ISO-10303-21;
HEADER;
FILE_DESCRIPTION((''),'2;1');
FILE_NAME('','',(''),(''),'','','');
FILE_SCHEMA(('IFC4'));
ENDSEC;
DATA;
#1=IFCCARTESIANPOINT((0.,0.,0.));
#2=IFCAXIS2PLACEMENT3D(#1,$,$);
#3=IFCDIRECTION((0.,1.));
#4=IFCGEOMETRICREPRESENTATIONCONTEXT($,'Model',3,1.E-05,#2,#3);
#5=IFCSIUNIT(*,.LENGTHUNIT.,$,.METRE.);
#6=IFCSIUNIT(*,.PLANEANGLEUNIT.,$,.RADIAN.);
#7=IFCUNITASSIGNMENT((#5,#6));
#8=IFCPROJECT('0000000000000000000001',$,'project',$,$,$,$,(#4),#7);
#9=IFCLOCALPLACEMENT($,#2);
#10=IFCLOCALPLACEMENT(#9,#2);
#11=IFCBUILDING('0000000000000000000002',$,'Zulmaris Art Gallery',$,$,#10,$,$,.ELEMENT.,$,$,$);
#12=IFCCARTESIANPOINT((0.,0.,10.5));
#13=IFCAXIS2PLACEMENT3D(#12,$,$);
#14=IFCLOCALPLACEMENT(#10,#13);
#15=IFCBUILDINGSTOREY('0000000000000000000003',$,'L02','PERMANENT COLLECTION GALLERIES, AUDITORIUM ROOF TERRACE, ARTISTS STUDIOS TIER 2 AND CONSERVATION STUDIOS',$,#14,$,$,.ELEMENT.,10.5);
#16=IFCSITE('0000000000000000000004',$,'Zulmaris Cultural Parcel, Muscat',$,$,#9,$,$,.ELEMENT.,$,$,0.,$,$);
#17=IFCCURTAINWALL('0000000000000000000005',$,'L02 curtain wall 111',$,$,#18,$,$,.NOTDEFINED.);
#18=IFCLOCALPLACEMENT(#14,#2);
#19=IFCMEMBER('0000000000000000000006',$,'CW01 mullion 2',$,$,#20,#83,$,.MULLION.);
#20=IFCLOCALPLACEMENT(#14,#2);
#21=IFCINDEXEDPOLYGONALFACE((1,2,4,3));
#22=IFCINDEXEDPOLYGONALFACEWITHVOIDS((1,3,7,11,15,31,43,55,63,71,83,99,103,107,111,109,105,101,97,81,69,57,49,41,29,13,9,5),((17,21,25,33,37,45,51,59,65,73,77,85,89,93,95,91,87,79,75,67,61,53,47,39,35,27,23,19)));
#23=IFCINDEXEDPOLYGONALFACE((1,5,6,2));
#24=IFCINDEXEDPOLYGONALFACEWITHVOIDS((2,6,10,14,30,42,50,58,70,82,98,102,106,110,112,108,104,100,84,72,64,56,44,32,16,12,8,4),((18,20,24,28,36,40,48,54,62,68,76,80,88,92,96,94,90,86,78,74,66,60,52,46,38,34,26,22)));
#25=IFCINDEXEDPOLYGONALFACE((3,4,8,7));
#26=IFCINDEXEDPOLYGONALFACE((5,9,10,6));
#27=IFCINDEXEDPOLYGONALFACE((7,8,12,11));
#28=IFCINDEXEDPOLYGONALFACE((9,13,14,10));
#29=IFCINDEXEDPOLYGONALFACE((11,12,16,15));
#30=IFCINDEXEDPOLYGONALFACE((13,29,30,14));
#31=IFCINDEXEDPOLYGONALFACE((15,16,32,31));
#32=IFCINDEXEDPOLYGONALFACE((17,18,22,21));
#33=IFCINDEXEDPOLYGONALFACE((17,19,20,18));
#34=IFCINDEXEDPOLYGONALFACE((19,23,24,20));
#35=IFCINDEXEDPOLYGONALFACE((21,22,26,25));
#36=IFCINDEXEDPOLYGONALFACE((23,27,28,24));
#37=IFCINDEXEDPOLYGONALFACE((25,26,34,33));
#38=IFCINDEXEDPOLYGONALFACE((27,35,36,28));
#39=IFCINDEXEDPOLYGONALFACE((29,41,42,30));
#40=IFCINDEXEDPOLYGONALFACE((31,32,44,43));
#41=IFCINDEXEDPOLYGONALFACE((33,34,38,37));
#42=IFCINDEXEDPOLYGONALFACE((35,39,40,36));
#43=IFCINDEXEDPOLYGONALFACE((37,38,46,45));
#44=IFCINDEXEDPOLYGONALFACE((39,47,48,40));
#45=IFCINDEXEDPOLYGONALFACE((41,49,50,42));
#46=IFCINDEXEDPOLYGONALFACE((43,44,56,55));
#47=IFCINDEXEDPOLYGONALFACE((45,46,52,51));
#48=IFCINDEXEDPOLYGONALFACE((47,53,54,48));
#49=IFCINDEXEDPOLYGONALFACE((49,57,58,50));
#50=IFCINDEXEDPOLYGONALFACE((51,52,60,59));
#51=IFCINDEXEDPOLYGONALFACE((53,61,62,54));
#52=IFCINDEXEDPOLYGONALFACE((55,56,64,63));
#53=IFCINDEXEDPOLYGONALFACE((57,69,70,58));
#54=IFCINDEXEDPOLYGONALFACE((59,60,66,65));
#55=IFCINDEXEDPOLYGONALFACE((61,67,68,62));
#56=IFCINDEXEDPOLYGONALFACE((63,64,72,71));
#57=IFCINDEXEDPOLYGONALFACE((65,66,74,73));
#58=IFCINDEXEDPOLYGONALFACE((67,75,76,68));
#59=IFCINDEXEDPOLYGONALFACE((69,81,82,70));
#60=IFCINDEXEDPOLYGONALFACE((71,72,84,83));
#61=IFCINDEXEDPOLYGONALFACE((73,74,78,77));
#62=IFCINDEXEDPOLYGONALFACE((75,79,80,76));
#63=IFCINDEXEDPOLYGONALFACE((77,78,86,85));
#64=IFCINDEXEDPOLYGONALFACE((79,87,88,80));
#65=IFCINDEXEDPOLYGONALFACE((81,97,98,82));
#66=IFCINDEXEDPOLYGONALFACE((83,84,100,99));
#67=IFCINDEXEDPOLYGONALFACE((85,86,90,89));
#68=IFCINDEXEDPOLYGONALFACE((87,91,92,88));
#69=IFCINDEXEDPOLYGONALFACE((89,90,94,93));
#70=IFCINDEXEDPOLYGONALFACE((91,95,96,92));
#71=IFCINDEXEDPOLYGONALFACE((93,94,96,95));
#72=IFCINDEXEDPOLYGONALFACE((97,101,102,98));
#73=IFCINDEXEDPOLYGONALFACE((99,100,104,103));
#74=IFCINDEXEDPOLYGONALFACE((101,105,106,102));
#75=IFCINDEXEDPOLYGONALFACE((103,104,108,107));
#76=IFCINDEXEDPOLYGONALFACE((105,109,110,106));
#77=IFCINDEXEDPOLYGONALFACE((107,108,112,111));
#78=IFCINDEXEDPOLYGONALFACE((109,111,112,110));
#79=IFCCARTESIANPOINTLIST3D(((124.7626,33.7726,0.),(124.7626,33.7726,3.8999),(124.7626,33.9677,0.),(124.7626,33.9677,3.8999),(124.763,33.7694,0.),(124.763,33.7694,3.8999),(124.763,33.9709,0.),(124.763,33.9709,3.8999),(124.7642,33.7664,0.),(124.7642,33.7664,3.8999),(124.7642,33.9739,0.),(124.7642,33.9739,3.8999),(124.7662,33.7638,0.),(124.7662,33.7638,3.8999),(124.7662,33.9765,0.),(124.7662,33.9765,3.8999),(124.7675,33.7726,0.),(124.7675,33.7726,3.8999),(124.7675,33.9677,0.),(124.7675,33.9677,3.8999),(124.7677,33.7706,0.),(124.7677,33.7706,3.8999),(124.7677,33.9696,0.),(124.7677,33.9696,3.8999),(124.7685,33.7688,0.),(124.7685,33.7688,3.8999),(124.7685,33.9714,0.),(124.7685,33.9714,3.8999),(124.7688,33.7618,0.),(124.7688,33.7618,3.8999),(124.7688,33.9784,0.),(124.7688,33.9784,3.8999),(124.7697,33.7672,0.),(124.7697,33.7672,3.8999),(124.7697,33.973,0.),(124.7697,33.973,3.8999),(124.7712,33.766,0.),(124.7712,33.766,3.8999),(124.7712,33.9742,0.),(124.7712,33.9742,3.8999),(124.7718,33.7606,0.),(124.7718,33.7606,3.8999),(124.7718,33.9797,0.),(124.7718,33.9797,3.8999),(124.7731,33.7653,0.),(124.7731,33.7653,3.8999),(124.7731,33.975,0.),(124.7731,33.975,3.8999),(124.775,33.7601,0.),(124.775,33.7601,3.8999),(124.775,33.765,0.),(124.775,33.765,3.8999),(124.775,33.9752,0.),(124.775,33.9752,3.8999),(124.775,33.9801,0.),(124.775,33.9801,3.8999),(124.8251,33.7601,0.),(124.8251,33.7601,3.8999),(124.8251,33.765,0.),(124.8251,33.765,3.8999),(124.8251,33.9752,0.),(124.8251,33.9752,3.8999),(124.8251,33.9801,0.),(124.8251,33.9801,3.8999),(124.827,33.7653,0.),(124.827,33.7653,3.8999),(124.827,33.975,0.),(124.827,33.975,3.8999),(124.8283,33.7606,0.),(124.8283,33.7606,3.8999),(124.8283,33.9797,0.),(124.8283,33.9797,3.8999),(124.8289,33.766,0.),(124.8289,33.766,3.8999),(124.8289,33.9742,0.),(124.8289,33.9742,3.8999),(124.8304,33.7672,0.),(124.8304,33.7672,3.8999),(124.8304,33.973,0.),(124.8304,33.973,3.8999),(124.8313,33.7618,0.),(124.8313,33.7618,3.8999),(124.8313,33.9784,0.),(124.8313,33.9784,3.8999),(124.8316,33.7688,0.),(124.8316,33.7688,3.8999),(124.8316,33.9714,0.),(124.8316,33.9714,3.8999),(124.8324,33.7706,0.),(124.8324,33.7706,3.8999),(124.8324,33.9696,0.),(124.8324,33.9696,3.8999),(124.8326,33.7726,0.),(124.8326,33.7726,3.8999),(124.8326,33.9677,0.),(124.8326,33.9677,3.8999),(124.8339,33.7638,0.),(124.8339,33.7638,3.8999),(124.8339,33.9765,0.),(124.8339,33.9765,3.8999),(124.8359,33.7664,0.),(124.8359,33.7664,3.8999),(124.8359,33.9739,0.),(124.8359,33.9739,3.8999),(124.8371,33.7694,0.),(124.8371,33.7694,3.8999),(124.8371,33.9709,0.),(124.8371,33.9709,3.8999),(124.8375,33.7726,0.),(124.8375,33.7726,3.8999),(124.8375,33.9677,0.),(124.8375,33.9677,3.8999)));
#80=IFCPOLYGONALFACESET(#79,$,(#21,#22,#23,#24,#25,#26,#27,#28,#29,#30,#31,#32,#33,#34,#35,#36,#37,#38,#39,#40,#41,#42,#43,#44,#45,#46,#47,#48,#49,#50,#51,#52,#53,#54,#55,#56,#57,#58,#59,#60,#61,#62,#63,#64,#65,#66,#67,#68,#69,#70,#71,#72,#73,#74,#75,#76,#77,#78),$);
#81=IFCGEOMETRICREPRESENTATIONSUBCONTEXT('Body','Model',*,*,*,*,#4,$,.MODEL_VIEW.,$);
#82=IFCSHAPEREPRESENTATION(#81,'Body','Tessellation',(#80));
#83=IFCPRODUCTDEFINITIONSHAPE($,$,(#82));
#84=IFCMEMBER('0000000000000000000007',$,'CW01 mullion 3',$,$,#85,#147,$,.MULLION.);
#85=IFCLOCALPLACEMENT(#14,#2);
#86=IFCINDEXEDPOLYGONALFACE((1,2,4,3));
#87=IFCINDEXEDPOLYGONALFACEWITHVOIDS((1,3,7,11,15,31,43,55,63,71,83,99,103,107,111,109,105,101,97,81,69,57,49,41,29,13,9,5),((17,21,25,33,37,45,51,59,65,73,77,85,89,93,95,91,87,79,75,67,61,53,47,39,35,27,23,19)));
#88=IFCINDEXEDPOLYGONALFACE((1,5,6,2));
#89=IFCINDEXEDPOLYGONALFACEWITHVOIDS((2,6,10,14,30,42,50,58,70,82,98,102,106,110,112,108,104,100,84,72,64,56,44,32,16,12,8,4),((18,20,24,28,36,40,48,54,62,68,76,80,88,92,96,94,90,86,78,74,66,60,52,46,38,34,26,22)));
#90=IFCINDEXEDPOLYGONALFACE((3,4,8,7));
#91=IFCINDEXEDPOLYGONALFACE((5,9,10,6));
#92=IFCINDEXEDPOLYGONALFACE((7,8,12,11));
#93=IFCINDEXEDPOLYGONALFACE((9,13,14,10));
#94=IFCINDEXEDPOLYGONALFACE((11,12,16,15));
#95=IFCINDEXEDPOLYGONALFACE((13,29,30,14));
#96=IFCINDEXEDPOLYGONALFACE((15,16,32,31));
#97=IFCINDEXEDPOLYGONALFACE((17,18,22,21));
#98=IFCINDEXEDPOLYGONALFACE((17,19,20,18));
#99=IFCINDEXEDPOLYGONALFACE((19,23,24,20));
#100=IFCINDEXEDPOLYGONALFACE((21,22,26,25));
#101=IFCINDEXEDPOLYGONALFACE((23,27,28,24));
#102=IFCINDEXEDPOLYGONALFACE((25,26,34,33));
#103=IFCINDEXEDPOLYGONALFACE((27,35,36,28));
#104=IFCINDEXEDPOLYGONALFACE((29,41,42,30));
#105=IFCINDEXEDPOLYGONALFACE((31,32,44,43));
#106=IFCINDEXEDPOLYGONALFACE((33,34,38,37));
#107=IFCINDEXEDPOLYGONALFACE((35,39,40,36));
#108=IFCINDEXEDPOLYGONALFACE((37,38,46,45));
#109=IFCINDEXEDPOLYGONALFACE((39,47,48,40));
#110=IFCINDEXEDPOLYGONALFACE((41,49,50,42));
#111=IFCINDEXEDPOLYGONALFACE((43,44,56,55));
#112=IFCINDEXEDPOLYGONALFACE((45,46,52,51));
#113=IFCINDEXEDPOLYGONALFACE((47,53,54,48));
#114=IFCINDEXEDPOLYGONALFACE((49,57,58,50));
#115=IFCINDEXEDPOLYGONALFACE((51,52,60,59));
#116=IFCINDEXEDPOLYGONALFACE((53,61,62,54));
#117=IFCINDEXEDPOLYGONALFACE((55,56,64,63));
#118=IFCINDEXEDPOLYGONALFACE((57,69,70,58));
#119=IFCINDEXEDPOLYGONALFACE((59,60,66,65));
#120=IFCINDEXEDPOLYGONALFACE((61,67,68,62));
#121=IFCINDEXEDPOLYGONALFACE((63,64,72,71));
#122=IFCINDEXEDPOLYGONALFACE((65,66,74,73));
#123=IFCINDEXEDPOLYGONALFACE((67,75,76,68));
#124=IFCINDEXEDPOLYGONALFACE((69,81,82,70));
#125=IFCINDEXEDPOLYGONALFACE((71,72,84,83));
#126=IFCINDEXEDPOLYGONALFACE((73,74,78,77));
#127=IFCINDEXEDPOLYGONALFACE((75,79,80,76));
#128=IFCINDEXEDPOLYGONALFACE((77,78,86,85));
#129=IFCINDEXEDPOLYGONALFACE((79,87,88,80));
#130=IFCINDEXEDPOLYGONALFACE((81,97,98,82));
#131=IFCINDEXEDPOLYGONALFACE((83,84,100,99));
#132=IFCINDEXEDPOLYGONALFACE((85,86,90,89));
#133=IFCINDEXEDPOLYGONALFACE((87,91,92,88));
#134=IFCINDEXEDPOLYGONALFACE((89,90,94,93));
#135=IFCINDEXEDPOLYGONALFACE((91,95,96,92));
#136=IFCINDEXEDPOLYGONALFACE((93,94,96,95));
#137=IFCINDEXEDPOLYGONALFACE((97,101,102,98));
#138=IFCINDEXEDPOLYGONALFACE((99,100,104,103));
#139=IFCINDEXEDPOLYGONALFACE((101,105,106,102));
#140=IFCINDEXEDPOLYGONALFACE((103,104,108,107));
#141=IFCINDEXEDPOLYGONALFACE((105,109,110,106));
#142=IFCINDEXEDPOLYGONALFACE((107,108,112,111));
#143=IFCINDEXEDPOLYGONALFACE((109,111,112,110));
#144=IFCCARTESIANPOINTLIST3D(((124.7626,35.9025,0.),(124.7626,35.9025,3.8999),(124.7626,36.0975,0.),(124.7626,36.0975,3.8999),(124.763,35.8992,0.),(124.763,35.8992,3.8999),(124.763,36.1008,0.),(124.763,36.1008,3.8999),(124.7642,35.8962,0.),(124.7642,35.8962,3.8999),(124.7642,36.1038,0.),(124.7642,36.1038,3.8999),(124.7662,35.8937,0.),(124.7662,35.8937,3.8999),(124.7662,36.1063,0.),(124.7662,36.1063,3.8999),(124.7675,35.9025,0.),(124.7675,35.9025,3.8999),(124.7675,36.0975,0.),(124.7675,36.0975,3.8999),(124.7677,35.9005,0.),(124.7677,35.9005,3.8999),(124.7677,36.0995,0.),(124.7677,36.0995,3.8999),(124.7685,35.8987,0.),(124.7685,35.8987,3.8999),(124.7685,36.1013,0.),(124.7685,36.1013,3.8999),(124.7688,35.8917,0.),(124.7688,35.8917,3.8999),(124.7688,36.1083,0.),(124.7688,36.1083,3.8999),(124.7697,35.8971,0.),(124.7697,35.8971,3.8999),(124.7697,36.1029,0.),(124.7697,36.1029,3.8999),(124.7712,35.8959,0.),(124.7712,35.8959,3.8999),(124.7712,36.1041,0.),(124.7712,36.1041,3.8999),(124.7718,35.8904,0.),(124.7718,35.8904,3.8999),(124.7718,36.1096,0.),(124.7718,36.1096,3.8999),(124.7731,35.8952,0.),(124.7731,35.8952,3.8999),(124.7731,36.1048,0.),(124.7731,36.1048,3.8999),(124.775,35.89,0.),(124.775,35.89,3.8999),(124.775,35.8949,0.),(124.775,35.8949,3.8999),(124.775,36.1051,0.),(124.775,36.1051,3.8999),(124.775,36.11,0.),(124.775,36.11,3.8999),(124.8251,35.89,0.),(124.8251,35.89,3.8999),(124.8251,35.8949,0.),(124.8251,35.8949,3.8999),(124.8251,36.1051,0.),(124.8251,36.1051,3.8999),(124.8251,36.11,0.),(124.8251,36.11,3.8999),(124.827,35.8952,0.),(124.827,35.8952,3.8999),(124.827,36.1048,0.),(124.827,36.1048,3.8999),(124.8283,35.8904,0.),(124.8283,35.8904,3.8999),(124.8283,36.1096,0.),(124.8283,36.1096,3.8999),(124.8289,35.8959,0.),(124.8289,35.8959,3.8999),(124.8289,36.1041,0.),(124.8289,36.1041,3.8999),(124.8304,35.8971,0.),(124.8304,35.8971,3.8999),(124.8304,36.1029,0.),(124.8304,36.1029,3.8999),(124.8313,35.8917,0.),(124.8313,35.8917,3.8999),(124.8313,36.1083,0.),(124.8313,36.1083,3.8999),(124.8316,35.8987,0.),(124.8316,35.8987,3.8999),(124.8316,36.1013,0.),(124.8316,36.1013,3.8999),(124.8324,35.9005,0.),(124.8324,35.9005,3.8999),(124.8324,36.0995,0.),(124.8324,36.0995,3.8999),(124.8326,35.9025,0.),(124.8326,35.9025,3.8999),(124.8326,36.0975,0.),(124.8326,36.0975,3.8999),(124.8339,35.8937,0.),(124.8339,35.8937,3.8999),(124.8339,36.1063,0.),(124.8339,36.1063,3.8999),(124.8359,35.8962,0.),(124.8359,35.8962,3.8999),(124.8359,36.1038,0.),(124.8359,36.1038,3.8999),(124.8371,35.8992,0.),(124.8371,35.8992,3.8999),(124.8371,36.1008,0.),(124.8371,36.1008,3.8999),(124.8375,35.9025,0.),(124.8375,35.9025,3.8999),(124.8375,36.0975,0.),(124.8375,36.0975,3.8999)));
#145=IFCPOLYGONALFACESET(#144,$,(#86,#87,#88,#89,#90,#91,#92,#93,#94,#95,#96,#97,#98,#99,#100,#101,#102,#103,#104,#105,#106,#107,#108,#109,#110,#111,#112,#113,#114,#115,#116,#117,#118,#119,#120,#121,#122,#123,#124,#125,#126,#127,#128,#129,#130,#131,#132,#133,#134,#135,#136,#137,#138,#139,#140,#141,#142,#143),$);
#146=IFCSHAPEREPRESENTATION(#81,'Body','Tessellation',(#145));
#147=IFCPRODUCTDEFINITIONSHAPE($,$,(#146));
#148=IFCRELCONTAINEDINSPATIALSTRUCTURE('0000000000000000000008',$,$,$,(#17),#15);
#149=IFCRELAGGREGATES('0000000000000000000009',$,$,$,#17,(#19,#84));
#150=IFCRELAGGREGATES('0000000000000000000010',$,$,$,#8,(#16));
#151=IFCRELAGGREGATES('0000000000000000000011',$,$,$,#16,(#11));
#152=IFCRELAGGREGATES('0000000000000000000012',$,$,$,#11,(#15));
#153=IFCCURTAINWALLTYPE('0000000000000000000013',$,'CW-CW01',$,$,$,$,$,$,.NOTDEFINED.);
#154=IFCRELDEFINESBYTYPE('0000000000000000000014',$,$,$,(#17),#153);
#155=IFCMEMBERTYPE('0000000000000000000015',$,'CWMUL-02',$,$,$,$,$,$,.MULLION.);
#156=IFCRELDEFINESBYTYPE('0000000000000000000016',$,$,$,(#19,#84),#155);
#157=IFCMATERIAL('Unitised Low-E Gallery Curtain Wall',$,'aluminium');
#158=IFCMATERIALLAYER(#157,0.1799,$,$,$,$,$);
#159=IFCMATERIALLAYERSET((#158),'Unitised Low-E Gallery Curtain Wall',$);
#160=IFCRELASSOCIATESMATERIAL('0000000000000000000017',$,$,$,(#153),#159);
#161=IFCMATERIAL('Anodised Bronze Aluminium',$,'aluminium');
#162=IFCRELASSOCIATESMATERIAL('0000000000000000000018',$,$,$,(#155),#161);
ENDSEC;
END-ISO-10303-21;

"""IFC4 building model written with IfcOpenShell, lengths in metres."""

from ifc_helpers import new_model, si_unit, direction, frame, origin, origin_2d, place, context, subcontext, project, spatial, hollow_rectangle, extrude, material, layer, layer_set, material_profile, profile_set, type_object, element, aggregate, save


model = new_model("IFC4")

# Units and contexts
model_context = context("Model", 3, precision=1e-05, world=origin(), true_north=direction((0.0, 1.0)))
body_context = subcontext(model_context, "Body", "Model", "MODEL_VIEW")
ifc_project = project(units=[si_unit("LENGTHUNIT", "METRE"), si_unit("PLANEANGLEUNIT", "RADIAN")], contexts=[model_context])

# Site, building, storey
site_placement = place(None, origin())
site = spatial("IfcSite", under=ifc_project, at=site_placement, Name="Zulmaris Cultural Parcel, Muscat", CompositionType="ELEMENT", RefElevation=0.0)
building_placement = place(site_placement, origin())
building = spatial("IfcBuilding", under=site, at=building_placement, Name="Zulmaris Art Gallery", CompositionType="ELEMENT")
storey_placement = place(building_placement, frame((0.0, 0.0, 10.5)))
storey = spatial("IfcBuildingStorey", under=building, at=storey_placement, Name="L02", Description="PERMANENT COLLECTION GALLERIES, AUDITORIUM ROOF TERRACE, ARTISTS STUDIOS TIER 2 AND CONSERVATION STUDIOS", CompositionType="ELEMENT", Elevation=10.5)

# Curtain wall, members
ifc_material_1 = material(Name="Unitised Low-E Gallery Curtain Wall", Category="aluminium")
ifc_layer_1 = layer(ifc_material_1, 0.1799)
ifc_layer_set_1 = layer_set([ifc_layer_1], Name="Unitised Low-E Gallery Curtain Wall")
curtain_wall_type = type_object("IfcCurtainWallType", Name="CW-CW01", PredefinedType="NOTDEFINED", material=ifc_layer_set_1)
curtain_wall_1_placement = place(storey_placement, origin())
curtain_wall_1 = element("IfcCurtainWall", 1, at=curtain_wall_1_placement, inside=storey, type_object=curtain_wall_type, Name="L02 curtain wall 111", PredefinedType="NOTDEFINED")
ifc_material_2 = material(Name="Anodised Bronze Aluminium", Category="aluminium")
ifc_material_profile_1 = material_profile(ifc_material_2, hollow_rectangle(XDim=0.075, YDim=0.22, WallThickness=0.0049, InnerFilletRadius=0.0076, OuterFilletRadius=0.0125, at=origin_2d()), Name="ALU 75x220x5")
ifc_profile_set_1 = profile_set([ifc_material_profile_1], Name="Anodised Bronze Aluminium")
member_type_1 = type_object("IfcMemberType", Name="CWMUL-02", PredefinedType="MULLION", material=ifc_profile_set_1)
member_1_placement = place(storey_placement, frame((124.8, 33.8701, 0.0), z_axis=(0.0, 0.0, 1.0), x_axis=(-1.0, 0.0, 0.0)))
member_1 = element("IfcMember", 2, at=member_1_placement, type_object=member_type_1, Name="CW01 mullion 2", PredefinedType="MULLION", context=body_context, shape_type="SweptSolid", body=[
    extrude(hollow_rectangle(XDim=0.075, YDim=0.22, WallThickness=0.0049, InnerFilletRadius=0.0076, OuterFilletRadius=0.0125, at=origin_2d()), origin(), (0.0, 0.0, 1.0), 3.8999),
])
member_2_placement = place(storey_placement, frame((124.8, 36.0, 0.0), z_axis=(0.0, 0.0, 1.0), x_axis=(-1.0, 0.0, 0.0)))
member_2 = element("IfcMember", 3, at=member_2_placement, type_object=member_type_1, Name="CW01 mullion 3", PredefinedType="MULLION", context=body_context, shape_type="SweptSolid", body=[
    extrude(hollow_rectangle(XDim=0.075, YDim=0.22, WallThickness=0.0049, InnerFilletRadius=0.0076, OuterFilletRadius=0.0125, at=origin_2d()), origin(), (0.0, 0.0, 1.0), 3.8999),
])

aggregate(curtain_wall_1, [member_1, member_2])

save(model, "model.ifc")
